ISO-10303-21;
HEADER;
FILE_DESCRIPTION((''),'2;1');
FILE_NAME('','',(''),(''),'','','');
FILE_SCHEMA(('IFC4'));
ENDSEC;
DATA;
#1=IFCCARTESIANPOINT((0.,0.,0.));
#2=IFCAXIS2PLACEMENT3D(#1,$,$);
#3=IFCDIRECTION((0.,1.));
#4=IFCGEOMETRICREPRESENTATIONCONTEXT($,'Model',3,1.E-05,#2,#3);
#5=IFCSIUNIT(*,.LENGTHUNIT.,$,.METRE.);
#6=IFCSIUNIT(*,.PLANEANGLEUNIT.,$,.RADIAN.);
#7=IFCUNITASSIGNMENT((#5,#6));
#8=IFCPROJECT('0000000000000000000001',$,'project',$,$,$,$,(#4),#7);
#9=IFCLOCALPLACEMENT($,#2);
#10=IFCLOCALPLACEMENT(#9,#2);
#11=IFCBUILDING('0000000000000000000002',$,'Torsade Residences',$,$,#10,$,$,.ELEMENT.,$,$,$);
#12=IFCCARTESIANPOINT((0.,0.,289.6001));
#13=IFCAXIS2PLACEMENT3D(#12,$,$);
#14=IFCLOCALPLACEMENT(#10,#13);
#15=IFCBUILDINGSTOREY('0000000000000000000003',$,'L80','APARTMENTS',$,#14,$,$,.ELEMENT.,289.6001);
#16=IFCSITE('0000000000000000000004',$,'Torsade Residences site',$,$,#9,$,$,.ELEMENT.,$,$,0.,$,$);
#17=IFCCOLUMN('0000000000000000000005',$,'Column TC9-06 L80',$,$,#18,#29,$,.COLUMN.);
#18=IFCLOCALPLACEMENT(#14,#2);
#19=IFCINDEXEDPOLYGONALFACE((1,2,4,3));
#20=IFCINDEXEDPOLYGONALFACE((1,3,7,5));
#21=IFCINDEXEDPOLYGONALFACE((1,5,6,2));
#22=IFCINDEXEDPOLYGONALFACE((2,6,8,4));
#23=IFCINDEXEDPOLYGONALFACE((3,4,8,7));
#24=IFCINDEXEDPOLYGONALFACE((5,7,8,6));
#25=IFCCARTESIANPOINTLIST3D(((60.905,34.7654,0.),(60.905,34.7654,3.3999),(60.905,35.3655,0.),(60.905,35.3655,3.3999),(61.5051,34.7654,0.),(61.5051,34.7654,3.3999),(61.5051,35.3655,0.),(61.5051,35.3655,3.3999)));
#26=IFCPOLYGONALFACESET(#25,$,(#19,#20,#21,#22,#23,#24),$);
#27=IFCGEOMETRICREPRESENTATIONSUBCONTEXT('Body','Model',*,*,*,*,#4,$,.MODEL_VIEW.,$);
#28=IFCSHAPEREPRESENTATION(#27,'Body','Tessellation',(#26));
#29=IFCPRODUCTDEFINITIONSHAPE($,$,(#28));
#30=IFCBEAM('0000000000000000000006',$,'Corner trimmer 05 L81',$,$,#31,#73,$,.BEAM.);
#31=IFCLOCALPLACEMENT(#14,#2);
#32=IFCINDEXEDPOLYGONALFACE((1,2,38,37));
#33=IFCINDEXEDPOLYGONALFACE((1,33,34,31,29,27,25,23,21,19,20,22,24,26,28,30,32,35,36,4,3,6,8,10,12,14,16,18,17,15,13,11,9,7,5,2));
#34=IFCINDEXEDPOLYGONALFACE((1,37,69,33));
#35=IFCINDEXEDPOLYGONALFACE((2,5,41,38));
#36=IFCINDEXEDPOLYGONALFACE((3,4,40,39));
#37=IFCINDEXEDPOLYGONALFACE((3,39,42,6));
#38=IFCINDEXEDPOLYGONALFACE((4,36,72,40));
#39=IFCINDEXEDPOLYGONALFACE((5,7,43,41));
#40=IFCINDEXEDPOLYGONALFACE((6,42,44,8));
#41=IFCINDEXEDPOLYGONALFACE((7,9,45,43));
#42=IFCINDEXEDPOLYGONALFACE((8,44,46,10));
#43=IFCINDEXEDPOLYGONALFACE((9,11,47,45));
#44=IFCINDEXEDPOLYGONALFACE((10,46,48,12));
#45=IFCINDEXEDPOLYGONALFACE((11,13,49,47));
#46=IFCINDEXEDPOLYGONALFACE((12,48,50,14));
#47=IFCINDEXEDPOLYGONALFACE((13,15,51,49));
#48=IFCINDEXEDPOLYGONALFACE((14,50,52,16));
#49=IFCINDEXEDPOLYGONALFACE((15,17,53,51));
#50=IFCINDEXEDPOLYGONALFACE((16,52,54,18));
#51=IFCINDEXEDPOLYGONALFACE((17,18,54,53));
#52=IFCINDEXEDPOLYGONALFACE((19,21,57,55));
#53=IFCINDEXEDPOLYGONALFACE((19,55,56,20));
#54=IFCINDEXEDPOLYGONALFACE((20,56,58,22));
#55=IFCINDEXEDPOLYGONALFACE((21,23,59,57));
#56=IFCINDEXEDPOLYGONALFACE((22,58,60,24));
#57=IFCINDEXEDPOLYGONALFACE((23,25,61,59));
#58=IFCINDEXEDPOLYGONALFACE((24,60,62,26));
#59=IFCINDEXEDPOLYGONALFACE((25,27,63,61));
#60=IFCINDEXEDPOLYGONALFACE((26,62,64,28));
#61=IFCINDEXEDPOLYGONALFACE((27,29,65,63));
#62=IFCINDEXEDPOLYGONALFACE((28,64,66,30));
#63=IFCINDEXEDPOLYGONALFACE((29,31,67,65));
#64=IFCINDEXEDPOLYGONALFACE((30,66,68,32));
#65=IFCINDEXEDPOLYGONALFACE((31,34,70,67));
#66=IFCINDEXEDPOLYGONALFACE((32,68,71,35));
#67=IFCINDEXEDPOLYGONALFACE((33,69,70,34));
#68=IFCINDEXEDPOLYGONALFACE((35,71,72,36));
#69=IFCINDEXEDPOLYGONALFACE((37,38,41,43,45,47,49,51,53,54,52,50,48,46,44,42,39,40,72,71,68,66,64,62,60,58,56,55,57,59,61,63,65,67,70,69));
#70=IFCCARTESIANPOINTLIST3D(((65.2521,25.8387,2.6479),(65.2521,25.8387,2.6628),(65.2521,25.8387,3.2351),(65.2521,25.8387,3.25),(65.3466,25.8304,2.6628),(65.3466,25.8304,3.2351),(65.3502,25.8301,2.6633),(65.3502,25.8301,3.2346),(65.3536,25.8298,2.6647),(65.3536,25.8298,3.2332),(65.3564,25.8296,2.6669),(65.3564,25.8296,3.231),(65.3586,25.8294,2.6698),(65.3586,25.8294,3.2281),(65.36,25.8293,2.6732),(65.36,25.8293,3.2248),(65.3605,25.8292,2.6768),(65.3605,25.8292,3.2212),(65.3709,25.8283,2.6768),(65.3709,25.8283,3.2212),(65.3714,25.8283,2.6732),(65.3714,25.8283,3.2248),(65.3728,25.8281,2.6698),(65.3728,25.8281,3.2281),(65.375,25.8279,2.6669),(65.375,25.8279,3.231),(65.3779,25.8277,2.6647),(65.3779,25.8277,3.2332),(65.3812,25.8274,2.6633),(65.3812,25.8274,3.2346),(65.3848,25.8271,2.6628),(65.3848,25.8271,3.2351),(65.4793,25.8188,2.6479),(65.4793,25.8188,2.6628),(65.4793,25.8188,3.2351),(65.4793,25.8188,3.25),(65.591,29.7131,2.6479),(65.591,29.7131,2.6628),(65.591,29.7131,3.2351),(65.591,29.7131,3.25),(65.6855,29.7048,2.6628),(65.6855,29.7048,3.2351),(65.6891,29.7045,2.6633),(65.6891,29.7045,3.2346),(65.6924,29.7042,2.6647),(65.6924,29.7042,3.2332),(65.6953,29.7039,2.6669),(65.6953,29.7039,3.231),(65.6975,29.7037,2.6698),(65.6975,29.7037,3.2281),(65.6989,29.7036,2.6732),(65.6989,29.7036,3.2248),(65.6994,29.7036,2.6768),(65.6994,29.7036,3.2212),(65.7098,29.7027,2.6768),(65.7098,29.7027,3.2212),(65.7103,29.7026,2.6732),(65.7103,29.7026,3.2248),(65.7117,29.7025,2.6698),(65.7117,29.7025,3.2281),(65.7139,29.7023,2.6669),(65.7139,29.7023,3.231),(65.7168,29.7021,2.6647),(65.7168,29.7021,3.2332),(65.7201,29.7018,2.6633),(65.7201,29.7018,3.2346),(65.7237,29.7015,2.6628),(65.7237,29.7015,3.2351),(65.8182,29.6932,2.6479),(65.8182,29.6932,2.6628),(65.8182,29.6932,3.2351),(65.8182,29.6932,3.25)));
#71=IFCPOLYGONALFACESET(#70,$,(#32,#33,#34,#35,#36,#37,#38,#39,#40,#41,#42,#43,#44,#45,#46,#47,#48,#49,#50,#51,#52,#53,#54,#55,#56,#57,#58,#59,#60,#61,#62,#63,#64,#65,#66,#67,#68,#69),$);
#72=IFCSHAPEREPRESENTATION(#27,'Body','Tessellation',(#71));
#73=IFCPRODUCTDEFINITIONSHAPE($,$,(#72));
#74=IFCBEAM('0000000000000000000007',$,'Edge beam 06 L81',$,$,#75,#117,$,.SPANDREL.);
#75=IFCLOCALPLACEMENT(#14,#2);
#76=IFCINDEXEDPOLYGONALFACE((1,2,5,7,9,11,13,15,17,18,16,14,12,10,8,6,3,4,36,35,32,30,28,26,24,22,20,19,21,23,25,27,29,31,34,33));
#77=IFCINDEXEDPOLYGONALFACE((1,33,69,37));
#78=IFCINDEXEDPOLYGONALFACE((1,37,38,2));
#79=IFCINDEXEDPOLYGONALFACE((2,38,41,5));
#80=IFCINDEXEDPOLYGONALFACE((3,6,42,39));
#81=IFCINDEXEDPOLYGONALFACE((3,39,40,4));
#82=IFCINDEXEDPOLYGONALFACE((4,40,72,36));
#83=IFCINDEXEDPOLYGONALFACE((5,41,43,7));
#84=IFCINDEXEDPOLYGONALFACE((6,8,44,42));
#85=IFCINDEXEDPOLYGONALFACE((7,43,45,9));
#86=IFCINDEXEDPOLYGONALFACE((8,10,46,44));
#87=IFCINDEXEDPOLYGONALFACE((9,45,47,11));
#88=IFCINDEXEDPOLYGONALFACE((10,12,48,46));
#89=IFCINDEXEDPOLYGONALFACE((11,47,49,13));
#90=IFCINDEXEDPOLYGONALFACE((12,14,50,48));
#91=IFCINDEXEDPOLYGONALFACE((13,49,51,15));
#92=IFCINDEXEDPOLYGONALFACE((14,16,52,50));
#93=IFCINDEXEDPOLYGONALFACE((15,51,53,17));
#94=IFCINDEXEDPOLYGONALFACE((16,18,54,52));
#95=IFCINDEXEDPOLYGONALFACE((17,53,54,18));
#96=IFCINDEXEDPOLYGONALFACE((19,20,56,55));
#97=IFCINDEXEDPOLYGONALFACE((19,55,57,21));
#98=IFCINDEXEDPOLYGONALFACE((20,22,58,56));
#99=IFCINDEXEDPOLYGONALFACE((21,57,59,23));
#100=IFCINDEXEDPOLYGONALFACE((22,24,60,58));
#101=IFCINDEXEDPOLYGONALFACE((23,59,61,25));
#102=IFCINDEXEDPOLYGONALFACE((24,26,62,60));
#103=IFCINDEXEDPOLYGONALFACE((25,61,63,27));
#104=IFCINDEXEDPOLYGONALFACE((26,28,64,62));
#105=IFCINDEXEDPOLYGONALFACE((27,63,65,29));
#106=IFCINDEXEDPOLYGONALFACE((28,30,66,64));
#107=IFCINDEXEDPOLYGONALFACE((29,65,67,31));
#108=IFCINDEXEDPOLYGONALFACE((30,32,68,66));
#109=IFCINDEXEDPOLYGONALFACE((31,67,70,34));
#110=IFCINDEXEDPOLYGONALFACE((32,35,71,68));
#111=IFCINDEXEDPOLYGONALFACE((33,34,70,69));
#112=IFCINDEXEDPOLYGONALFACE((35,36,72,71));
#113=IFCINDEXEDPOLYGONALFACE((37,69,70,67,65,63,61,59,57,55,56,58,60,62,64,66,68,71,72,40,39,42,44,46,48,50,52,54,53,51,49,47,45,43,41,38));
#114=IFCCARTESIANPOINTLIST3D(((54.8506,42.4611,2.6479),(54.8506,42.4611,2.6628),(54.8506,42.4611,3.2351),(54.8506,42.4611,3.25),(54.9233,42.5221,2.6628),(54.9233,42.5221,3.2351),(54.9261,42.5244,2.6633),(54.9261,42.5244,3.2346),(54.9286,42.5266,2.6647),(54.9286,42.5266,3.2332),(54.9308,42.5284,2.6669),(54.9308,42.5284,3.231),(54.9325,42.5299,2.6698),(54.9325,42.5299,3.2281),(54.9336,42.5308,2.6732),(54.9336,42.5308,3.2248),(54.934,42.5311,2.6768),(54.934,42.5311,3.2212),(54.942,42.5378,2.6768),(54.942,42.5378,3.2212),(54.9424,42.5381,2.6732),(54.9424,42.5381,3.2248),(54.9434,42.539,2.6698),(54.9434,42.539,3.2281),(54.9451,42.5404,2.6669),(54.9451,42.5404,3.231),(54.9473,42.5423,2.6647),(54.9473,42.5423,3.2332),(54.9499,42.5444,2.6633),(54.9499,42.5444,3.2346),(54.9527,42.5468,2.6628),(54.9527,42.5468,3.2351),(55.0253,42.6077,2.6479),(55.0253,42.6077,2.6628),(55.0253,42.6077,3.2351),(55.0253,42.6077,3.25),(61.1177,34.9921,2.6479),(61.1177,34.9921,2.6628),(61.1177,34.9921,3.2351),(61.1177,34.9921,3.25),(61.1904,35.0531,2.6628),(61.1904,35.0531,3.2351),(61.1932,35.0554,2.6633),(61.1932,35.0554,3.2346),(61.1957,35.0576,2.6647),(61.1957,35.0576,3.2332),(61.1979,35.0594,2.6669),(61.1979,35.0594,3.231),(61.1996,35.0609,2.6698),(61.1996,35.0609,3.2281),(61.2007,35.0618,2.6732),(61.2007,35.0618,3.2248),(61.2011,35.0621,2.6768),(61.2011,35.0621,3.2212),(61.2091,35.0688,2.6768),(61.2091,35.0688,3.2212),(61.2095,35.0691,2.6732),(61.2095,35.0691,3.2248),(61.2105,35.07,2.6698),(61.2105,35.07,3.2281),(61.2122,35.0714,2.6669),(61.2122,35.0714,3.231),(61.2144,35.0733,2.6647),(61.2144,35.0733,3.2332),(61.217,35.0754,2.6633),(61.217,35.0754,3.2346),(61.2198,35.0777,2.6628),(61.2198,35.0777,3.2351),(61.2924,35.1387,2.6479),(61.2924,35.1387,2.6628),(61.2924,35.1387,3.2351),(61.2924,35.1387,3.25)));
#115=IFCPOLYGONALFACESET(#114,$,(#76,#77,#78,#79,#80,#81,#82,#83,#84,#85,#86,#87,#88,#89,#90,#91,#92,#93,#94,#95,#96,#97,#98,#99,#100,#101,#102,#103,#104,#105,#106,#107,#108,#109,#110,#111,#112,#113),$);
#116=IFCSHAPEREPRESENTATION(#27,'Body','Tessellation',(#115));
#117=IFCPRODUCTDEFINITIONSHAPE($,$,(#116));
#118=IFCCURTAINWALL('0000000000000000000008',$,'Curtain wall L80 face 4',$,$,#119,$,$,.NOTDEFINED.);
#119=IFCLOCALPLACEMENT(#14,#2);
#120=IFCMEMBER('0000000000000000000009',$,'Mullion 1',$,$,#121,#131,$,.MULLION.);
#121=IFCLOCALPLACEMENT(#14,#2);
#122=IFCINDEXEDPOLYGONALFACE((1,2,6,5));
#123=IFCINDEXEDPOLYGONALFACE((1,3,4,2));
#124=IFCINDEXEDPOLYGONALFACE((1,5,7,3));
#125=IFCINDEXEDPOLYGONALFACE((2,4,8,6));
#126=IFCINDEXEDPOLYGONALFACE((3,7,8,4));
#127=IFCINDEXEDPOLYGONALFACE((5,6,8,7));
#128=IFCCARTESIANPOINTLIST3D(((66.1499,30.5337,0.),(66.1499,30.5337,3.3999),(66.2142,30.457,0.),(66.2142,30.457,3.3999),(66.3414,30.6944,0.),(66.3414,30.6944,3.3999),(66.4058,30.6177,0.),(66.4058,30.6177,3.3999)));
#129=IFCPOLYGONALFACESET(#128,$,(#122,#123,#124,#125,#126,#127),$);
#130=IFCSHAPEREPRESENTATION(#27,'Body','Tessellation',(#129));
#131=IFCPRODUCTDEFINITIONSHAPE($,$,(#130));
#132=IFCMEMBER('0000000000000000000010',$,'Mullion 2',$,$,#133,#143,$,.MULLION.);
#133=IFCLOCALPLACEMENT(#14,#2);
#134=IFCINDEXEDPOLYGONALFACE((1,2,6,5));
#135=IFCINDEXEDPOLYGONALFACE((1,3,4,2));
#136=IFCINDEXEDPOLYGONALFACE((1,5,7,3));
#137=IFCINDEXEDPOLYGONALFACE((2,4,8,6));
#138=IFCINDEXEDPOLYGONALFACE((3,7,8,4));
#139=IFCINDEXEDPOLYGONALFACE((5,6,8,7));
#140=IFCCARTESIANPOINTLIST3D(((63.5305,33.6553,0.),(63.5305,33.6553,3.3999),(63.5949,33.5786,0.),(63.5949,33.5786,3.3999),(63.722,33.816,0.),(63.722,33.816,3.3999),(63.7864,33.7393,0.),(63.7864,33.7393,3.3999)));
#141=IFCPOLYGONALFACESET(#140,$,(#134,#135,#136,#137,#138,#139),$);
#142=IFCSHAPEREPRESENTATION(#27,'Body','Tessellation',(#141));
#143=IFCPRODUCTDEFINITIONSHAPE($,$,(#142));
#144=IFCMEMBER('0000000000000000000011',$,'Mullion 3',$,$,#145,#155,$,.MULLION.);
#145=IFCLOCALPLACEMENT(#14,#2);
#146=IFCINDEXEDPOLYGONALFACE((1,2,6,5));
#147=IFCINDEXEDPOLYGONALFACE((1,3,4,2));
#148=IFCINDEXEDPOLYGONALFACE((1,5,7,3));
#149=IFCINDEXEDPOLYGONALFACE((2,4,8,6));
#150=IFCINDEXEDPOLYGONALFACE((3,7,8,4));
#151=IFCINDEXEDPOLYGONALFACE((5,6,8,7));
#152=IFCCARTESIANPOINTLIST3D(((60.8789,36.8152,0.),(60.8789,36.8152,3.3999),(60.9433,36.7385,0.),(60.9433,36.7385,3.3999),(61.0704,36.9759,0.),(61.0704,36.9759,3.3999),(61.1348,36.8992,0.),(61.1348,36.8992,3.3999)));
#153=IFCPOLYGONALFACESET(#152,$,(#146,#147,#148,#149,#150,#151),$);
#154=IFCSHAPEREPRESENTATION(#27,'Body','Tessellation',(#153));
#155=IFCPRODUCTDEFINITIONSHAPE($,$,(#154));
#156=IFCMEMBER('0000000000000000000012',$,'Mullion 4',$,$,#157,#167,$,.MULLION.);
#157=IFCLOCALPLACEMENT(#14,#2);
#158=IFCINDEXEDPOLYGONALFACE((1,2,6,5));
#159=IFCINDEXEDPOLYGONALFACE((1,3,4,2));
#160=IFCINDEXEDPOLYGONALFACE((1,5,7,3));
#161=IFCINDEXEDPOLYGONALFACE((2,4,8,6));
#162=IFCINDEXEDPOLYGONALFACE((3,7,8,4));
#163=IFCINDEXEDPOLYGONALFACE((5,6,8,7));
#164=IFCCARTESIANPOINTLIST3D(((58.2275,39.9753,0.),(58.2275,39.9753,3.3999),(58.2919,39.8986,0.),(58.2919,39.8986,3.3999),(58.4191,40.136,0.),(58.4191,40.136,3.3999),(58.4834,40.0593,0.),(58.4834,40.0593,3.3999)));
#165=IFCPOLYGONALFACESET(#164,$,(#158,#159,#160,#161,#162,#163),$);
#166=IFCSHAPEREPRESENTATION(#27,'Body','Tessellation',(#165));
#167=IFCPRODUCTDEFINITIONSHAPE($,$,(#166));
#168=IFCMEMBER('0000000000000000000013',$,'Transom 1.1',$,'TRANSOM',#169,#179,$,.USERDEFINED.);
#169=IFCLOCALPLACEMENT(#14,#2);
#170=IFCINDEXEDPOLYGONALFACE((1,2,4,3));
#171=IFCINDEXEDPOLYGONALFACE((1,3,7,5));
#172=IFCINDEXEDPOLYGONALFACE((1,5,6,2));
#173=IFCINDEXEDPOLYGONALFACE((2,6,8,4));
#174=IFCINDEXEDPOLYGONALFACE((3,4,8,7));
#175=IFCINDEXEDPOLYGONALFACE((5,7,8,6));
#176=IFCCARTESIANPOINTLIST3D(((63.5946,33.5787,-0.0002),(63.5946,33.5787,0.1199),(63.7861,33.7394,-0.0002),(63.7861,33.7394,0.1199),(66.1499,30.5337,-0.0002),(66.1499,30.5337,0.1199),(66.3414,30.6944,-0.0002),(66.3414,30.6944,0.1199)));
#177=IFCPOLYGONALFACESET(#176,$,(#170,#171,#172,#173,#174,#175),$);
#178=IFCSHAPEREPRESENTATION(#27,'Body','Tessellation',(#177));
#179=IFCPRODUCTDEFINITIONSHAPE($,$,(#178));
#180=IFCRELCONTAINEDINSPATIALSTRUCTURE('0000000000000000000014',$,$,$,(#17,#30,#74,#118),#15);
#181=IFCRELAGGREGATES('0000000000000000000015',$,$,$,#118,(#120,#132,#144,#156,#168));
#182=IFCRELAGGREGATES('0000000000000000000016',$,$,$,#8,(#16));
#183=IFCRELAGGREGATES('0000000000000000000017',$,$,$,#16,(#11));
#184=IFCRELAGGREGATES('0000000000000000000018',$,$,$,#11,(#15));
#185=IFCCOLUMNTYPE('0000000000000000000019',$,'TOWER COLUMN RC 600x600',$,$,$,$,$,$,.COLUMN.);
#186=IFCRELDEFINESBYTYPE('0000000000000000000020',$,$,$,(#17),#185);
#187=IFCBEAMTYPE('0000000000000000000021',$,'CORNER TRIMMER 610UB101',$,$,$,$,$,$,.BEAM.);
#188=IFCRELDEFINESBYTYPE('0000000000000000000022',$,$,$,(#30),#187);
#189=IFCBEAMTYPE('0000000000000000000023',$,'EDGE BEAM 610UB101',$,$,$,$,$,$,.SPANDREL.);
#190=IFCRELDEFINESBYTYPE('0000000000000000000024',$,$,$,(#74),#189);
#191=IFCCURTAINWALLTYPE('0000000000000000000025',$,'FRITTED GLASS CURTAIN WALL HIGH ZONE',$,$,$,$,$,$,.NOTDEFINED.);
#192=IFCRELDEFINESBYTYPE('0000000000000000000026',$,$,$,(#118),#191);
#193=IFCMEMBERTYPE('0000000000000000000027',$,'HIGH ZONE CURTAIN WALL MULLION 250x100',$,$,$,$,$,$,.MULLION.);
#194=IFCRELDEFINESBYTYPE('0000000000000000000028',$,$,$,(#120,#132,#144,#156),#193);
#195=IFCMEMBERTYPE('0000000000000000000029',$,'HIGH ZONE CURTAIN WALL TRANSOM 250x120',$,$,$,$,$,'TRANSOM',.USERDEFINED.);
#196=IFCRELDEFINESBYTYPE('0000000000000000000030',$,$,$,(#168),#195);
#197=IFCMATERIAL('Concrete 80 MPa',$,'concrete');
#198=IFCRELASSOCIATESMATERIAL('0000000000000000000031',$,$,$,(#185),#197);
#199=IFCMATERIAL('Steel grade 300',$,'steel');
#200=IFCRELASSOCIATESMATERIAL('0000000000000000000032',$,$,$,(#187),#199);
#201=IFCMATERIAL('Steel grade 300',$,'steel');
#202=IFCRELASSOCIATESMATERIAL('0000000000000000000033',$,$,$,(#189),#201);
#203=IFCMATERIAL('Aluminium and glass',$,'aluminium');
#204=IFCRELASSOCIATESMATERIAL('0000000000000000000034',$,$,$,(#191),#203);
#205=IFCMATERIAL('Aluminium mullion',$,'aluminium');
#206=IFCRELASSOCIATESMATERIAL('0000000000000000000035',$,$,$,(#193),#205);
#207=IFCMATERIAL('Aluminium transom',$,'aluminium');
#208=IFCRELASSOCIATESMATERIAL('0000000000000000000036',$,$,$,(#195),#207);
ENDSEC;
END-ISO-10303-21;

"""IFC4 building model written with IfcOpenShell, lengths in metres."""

from ifc_helpers import new_model, si_unit, direction, frame, origin, origin_2d, place, context, subcontext, project, spatial, rectangle, i_section, extrude, material, material_profile, profile_set, type_object, element, aggregate, save


model = new_model("IFC4")

# Units and contexts
model_context = context("Model", 3, precision=1e-05, world=origin(), true_north=direction((0.0, 1.0)))
body_context = subcontext(model_context, "Body", "Model", "MODEL_VIEW")
ifc_project = project(units=[si_unit("LENGTHUNIT", "METRE"), si_unit("PLANEANGLEUNIT", "RADIAN")], contexts=[model_context])

# Site, building, storey
site_placement = place(None, origin())
site = spatial("IfcSite", under=ifc_project, at=site_placement, Name="Torsade Residences site", CompositionType="ELEMENT", RefElevation=0.0)
building_placement = place(site_placement, origin())
building = spatial("IfcBuilding", under=site, at=building_placement, Name="Torsade Residences", CompositionType="ELEMENT")
storey_placement = place(building_placement, frame((0.0, 0.0, 289.6001)))
storey = spatial("IfcBuildingStorey", under=building, at=storey_placement, Name="L80", Description="APARTMENTS", CompositionType="ELEMENT", Elevation=289.6001)

# Column
ifc_material_1 = material(Name="Concrete 80 MPa", Category="concrete")
ifc_material_profile_1 = material_profile(ifc_material_1, rectangle(XDim=0.6001, YDim=0.6001, at=origin_2d()), Name="RC 600x600")
ifc_profile_set_1 = profile_set([ifc_material_profile_1], Name="Concrete 80 MPa")
column_type = type_object("IfcColumnType", Name="TOWER COLUMN RC 600x600", PredefinedType="COLUMN", material=ifc_profile_set_1)
column_placement = place(storey_placement, frame((61.2051, 35.0654, 0.0), z_axis=(0.0, 0.0, 1.0), x_axis=(1.0, 0.0, 0.0)))
element("IfcColumn", 1, at=column_placement, inside=storey, type_object=column_type, Name="Column TC9-06 L80", PredefinedType="COLUMN", context=body_context, shape_type="SweptSolid", body=[
    extrude(rectangle(XDim=0.6001, YDim=0.6001, at=origin_2d()), origin(), (0.0, 0.0, 1.0), 3.3999),
])

# Beams
ifc_material_2 = material(Name="Steel grade 300", Category="steel")
ifc_material_profile_2 = material_profile(ifc_material_2, i_section(OverallWidth=0.228, OverallDepth=0.6021, WebThickness=0.0105, FlangeThickness=0.0149, FilletRadius=0.0139, at=origin_2d()), Name="610UB101")
ifc_profile_set_2 = profile_set([ifc_material_profile_2], Name="Steel grade 300")
beam_type_1 = type_object("IfcBeamType", Name="CORNER TRIMMER 610UB101", PredefinedType="BEAM", material=ifc_profile_set_2)
beam_1_placement = place(storey_placement, frame((65.7046, 29.7031, 2.949), z_axis=(-0.087133, -0.996197, 0.0), x_axis=(0.996197, -0.087133, 0.0)))
element("IfcBeam", 2, at=beam_1_placement, inside=storey, type_object=beam_type_1, Name="Corner trimmer 05 L81", PredefinedType="BEAM", context=body_context, shape_type="SweptSolid", body=[
    extrude(i_section(OverallWidth=0.228, OverallDepth=0.6021, WebThickness=0.0105, FlangeThickness=0.0149, FilletRadius=0.0139, at=origin_2d()), origin(), (0.0, 0.0, 1.0), 3.8892),
])
ifc_material_3 = material(Name="Steel grade 300", Category="steel")
ifc_material_profile_3 = material_profile(ifc_material_3, i_section(OverallWidth=0.228, OverallDepth=0.6021, WebThickness=0.0105, FlangeThickness=0.0149, FilletRadius=0.0139, at=origin_2d()), Name="610UB101")
ifc_profile_set_3 = profile_set([ifc_material_profile_3], Name="Steel grade 300")
beam_type_2 = type_object("IfcBeamType", Name="EDGE BEAM 610UB101", PredefinedType="SPANDREL", material=ifc_profile_set_3)
beam_2_placement = place(storey_placement, frame((61.2051, 35.0654, 2.949), z_axis=(-0.642779, 0.766052, 0.0), x_axis=(-0.766052, -0.642779, 0.0)))
element("IfcBeam", 3, at=beam_2_placement, inside=storey, type_object=beam_type_2, Name="Edge beam 06 L81", PredefinedType="SPANDREL", context=body_context, shape_type="SweptSolid", body=[
    extrude(i_section(OverallWidth=0.228, OverallDepth=0.6021, WebThickness=0.0105, FlangeThickness=0.0149, FilletRadius=0.0139, at=origin_2d()), origin(), (0.0, 0.0, 1.0), 9.75),
])

# Curtain wall, members
ifc_material_4 = material(Name="Aluminium and glass", Category="aluminium")
curtain_wall_type = type_object("IfcCurtainWallType", Name="FRITTED GLASS CURTAIN WALL HIGH ZONE", PredefinedType="NOTDEFINED", material=ifc_material_4)
curtain_wall_placement = place(storey_placement, origin())
curtain_wall = element("IfcCurtainWall", 4, at=curtain_wall_placement, inside=storey, type_object=curtain_wall_type, Name="Curtain wall L80 face 4", PredefinedType="NOTDEFINED")
ifc_material_5 = material(Name="Aluminium mullion", Category="aluminium")
ifc_material_profile_4 = material_profile(ifc_material_5, rectangle(XDim=0.25, YDim=0.1001, at=origin_2d()), Name="HIGH ZONE CURTAIN WALL MULLION 250x100")
ifc_profile_set_4 = profile_set([ifc_material_profile_4], Name="Aluminium mullion")
member_type_1 = type_object("IfcMemberType", Name="HIGH ZONE CURTAIN WALL MULLION 250x100", PredefinedType="MULLION", material=ifc_profile_set_4)
member_1_placement = place(storey_placement, frame((66.2778, 30.5757, 0.0), z_axis=(0.0, 0.0, 1.0), x_axis=(-0.766044, -0.642788, 0.0)))
member_1 = element("IfcMember", 5, at=member_1_placement, type_object=member_type_1, Name="Mullion 1", PredefinedType="MULLION", context=body_context, shape_type="SweptSolid", body=[
    extrude(rectangle(XDim=0.25, YDim=0.1001, at=origin_2d()), origin(), (0.0, 0.0, 1.0), 3.3999),
])
member_2_placement = place(storey_placement, frame((63.6584, 33.6973, 0.0), z_axis=(0.0, 0.0, 1.0), x_axis=(-0.766044, -0.642788, 0.0)))
member_2 = element("IfcMember", 6, at=member_2_placement, type_object=member_type_1, Name="Mullion 2", PredefinedType="MULLION", context=body_context, shape_type="SweptSolid", body=[
    extrude(rectangle(XDim=0.25, YDim=0.1001, at=origin_2d()), origin(), (0.0, 0.0, 1.0), 3.3999),
])
member_3_placement = place(storey_placement, frame((61.0068, 36.8572, 0.0), z_axis=(0.0, 0.0, 1.0), x_axis=(-0.766044, -0.642788, 0.0)))
member_3 = element("IfcMember", 7, at=member_3_placement, type_object=member_type_1, Name="Mullion 3", PredefinedType="MULLION", context=body_context, shape_type="SweptSolid", body=[
    extrude(rectangle(XDim=0.25, YDim=0.1001, at=origin_2d()), origin(), (0.0, 0.0, 1.0), 3.3999),
])
member_4_placement = place(storey_placement, frame((58.3555, 40.0173, 0.0), z_axis=(0.0, 0.0, 1.0), x_axis=(-0.766044, -0.642788, 0.0)))
member_4 = element("IfcMember", 8, at=member_4_placement, type_object=member_type_1, Name="Mullion 4", PredefinedType="MULLION", context=body_context, shape_type="SweptSolid", body=[
    extrude(rectangle(XDim=0.25, YDim=0.1001, at=origin_2d()), origin(), (0.0, 0.0, 1.0), 3.3999),
])
ifc_material_6 = material(Name="Aluminium transom", Category="aluminium")
ifc_material_profile_5 = material_profile(ifc_material_6, rectangle(XDim=0.25, YDim=0.1201, at=origin_2d()), Name="HIGH ZONE CURTAIN WALL TRANSOM 250x120")
ifc_profile_set_5 = profile_set([ifc_material_profile_5], Name="Aluminium transom")
member_type_2 = type_object("IfcMemberType", Name="HIGH ZONE CURTAIN WALL TRANSOM 250x120", ElementType="TRANSOM", PredefinedType="USERDEFINED", material=ifc_profile_set_5)
member_5_placement = place(storey_placement, frame((66.2456, 30.614, 0.0598), z_axis=(-0.642815, 0.766022, 0.0), x_axis=(-0.766022, -0.642815, 0.0)))
member_5 = element("IfcMember", 9, at=member_5_placement, type_object=member_type_2, Name="Transom 1.1", ObjectType="TRANSOM", PredefinedType="USERDEFINED", context=body_context, shape_type="SweptSolid", body=[
    extrude(rectangle(XDim=0.25, YDim=0.1201, at=origin_2d()), origin(), (0.0, 0.0, 1.0), 3.9751),
])

aggregate(curtain_wall, [member_1, member_2, member_3, member_4, member_5])

save(model, "model.ifc")
